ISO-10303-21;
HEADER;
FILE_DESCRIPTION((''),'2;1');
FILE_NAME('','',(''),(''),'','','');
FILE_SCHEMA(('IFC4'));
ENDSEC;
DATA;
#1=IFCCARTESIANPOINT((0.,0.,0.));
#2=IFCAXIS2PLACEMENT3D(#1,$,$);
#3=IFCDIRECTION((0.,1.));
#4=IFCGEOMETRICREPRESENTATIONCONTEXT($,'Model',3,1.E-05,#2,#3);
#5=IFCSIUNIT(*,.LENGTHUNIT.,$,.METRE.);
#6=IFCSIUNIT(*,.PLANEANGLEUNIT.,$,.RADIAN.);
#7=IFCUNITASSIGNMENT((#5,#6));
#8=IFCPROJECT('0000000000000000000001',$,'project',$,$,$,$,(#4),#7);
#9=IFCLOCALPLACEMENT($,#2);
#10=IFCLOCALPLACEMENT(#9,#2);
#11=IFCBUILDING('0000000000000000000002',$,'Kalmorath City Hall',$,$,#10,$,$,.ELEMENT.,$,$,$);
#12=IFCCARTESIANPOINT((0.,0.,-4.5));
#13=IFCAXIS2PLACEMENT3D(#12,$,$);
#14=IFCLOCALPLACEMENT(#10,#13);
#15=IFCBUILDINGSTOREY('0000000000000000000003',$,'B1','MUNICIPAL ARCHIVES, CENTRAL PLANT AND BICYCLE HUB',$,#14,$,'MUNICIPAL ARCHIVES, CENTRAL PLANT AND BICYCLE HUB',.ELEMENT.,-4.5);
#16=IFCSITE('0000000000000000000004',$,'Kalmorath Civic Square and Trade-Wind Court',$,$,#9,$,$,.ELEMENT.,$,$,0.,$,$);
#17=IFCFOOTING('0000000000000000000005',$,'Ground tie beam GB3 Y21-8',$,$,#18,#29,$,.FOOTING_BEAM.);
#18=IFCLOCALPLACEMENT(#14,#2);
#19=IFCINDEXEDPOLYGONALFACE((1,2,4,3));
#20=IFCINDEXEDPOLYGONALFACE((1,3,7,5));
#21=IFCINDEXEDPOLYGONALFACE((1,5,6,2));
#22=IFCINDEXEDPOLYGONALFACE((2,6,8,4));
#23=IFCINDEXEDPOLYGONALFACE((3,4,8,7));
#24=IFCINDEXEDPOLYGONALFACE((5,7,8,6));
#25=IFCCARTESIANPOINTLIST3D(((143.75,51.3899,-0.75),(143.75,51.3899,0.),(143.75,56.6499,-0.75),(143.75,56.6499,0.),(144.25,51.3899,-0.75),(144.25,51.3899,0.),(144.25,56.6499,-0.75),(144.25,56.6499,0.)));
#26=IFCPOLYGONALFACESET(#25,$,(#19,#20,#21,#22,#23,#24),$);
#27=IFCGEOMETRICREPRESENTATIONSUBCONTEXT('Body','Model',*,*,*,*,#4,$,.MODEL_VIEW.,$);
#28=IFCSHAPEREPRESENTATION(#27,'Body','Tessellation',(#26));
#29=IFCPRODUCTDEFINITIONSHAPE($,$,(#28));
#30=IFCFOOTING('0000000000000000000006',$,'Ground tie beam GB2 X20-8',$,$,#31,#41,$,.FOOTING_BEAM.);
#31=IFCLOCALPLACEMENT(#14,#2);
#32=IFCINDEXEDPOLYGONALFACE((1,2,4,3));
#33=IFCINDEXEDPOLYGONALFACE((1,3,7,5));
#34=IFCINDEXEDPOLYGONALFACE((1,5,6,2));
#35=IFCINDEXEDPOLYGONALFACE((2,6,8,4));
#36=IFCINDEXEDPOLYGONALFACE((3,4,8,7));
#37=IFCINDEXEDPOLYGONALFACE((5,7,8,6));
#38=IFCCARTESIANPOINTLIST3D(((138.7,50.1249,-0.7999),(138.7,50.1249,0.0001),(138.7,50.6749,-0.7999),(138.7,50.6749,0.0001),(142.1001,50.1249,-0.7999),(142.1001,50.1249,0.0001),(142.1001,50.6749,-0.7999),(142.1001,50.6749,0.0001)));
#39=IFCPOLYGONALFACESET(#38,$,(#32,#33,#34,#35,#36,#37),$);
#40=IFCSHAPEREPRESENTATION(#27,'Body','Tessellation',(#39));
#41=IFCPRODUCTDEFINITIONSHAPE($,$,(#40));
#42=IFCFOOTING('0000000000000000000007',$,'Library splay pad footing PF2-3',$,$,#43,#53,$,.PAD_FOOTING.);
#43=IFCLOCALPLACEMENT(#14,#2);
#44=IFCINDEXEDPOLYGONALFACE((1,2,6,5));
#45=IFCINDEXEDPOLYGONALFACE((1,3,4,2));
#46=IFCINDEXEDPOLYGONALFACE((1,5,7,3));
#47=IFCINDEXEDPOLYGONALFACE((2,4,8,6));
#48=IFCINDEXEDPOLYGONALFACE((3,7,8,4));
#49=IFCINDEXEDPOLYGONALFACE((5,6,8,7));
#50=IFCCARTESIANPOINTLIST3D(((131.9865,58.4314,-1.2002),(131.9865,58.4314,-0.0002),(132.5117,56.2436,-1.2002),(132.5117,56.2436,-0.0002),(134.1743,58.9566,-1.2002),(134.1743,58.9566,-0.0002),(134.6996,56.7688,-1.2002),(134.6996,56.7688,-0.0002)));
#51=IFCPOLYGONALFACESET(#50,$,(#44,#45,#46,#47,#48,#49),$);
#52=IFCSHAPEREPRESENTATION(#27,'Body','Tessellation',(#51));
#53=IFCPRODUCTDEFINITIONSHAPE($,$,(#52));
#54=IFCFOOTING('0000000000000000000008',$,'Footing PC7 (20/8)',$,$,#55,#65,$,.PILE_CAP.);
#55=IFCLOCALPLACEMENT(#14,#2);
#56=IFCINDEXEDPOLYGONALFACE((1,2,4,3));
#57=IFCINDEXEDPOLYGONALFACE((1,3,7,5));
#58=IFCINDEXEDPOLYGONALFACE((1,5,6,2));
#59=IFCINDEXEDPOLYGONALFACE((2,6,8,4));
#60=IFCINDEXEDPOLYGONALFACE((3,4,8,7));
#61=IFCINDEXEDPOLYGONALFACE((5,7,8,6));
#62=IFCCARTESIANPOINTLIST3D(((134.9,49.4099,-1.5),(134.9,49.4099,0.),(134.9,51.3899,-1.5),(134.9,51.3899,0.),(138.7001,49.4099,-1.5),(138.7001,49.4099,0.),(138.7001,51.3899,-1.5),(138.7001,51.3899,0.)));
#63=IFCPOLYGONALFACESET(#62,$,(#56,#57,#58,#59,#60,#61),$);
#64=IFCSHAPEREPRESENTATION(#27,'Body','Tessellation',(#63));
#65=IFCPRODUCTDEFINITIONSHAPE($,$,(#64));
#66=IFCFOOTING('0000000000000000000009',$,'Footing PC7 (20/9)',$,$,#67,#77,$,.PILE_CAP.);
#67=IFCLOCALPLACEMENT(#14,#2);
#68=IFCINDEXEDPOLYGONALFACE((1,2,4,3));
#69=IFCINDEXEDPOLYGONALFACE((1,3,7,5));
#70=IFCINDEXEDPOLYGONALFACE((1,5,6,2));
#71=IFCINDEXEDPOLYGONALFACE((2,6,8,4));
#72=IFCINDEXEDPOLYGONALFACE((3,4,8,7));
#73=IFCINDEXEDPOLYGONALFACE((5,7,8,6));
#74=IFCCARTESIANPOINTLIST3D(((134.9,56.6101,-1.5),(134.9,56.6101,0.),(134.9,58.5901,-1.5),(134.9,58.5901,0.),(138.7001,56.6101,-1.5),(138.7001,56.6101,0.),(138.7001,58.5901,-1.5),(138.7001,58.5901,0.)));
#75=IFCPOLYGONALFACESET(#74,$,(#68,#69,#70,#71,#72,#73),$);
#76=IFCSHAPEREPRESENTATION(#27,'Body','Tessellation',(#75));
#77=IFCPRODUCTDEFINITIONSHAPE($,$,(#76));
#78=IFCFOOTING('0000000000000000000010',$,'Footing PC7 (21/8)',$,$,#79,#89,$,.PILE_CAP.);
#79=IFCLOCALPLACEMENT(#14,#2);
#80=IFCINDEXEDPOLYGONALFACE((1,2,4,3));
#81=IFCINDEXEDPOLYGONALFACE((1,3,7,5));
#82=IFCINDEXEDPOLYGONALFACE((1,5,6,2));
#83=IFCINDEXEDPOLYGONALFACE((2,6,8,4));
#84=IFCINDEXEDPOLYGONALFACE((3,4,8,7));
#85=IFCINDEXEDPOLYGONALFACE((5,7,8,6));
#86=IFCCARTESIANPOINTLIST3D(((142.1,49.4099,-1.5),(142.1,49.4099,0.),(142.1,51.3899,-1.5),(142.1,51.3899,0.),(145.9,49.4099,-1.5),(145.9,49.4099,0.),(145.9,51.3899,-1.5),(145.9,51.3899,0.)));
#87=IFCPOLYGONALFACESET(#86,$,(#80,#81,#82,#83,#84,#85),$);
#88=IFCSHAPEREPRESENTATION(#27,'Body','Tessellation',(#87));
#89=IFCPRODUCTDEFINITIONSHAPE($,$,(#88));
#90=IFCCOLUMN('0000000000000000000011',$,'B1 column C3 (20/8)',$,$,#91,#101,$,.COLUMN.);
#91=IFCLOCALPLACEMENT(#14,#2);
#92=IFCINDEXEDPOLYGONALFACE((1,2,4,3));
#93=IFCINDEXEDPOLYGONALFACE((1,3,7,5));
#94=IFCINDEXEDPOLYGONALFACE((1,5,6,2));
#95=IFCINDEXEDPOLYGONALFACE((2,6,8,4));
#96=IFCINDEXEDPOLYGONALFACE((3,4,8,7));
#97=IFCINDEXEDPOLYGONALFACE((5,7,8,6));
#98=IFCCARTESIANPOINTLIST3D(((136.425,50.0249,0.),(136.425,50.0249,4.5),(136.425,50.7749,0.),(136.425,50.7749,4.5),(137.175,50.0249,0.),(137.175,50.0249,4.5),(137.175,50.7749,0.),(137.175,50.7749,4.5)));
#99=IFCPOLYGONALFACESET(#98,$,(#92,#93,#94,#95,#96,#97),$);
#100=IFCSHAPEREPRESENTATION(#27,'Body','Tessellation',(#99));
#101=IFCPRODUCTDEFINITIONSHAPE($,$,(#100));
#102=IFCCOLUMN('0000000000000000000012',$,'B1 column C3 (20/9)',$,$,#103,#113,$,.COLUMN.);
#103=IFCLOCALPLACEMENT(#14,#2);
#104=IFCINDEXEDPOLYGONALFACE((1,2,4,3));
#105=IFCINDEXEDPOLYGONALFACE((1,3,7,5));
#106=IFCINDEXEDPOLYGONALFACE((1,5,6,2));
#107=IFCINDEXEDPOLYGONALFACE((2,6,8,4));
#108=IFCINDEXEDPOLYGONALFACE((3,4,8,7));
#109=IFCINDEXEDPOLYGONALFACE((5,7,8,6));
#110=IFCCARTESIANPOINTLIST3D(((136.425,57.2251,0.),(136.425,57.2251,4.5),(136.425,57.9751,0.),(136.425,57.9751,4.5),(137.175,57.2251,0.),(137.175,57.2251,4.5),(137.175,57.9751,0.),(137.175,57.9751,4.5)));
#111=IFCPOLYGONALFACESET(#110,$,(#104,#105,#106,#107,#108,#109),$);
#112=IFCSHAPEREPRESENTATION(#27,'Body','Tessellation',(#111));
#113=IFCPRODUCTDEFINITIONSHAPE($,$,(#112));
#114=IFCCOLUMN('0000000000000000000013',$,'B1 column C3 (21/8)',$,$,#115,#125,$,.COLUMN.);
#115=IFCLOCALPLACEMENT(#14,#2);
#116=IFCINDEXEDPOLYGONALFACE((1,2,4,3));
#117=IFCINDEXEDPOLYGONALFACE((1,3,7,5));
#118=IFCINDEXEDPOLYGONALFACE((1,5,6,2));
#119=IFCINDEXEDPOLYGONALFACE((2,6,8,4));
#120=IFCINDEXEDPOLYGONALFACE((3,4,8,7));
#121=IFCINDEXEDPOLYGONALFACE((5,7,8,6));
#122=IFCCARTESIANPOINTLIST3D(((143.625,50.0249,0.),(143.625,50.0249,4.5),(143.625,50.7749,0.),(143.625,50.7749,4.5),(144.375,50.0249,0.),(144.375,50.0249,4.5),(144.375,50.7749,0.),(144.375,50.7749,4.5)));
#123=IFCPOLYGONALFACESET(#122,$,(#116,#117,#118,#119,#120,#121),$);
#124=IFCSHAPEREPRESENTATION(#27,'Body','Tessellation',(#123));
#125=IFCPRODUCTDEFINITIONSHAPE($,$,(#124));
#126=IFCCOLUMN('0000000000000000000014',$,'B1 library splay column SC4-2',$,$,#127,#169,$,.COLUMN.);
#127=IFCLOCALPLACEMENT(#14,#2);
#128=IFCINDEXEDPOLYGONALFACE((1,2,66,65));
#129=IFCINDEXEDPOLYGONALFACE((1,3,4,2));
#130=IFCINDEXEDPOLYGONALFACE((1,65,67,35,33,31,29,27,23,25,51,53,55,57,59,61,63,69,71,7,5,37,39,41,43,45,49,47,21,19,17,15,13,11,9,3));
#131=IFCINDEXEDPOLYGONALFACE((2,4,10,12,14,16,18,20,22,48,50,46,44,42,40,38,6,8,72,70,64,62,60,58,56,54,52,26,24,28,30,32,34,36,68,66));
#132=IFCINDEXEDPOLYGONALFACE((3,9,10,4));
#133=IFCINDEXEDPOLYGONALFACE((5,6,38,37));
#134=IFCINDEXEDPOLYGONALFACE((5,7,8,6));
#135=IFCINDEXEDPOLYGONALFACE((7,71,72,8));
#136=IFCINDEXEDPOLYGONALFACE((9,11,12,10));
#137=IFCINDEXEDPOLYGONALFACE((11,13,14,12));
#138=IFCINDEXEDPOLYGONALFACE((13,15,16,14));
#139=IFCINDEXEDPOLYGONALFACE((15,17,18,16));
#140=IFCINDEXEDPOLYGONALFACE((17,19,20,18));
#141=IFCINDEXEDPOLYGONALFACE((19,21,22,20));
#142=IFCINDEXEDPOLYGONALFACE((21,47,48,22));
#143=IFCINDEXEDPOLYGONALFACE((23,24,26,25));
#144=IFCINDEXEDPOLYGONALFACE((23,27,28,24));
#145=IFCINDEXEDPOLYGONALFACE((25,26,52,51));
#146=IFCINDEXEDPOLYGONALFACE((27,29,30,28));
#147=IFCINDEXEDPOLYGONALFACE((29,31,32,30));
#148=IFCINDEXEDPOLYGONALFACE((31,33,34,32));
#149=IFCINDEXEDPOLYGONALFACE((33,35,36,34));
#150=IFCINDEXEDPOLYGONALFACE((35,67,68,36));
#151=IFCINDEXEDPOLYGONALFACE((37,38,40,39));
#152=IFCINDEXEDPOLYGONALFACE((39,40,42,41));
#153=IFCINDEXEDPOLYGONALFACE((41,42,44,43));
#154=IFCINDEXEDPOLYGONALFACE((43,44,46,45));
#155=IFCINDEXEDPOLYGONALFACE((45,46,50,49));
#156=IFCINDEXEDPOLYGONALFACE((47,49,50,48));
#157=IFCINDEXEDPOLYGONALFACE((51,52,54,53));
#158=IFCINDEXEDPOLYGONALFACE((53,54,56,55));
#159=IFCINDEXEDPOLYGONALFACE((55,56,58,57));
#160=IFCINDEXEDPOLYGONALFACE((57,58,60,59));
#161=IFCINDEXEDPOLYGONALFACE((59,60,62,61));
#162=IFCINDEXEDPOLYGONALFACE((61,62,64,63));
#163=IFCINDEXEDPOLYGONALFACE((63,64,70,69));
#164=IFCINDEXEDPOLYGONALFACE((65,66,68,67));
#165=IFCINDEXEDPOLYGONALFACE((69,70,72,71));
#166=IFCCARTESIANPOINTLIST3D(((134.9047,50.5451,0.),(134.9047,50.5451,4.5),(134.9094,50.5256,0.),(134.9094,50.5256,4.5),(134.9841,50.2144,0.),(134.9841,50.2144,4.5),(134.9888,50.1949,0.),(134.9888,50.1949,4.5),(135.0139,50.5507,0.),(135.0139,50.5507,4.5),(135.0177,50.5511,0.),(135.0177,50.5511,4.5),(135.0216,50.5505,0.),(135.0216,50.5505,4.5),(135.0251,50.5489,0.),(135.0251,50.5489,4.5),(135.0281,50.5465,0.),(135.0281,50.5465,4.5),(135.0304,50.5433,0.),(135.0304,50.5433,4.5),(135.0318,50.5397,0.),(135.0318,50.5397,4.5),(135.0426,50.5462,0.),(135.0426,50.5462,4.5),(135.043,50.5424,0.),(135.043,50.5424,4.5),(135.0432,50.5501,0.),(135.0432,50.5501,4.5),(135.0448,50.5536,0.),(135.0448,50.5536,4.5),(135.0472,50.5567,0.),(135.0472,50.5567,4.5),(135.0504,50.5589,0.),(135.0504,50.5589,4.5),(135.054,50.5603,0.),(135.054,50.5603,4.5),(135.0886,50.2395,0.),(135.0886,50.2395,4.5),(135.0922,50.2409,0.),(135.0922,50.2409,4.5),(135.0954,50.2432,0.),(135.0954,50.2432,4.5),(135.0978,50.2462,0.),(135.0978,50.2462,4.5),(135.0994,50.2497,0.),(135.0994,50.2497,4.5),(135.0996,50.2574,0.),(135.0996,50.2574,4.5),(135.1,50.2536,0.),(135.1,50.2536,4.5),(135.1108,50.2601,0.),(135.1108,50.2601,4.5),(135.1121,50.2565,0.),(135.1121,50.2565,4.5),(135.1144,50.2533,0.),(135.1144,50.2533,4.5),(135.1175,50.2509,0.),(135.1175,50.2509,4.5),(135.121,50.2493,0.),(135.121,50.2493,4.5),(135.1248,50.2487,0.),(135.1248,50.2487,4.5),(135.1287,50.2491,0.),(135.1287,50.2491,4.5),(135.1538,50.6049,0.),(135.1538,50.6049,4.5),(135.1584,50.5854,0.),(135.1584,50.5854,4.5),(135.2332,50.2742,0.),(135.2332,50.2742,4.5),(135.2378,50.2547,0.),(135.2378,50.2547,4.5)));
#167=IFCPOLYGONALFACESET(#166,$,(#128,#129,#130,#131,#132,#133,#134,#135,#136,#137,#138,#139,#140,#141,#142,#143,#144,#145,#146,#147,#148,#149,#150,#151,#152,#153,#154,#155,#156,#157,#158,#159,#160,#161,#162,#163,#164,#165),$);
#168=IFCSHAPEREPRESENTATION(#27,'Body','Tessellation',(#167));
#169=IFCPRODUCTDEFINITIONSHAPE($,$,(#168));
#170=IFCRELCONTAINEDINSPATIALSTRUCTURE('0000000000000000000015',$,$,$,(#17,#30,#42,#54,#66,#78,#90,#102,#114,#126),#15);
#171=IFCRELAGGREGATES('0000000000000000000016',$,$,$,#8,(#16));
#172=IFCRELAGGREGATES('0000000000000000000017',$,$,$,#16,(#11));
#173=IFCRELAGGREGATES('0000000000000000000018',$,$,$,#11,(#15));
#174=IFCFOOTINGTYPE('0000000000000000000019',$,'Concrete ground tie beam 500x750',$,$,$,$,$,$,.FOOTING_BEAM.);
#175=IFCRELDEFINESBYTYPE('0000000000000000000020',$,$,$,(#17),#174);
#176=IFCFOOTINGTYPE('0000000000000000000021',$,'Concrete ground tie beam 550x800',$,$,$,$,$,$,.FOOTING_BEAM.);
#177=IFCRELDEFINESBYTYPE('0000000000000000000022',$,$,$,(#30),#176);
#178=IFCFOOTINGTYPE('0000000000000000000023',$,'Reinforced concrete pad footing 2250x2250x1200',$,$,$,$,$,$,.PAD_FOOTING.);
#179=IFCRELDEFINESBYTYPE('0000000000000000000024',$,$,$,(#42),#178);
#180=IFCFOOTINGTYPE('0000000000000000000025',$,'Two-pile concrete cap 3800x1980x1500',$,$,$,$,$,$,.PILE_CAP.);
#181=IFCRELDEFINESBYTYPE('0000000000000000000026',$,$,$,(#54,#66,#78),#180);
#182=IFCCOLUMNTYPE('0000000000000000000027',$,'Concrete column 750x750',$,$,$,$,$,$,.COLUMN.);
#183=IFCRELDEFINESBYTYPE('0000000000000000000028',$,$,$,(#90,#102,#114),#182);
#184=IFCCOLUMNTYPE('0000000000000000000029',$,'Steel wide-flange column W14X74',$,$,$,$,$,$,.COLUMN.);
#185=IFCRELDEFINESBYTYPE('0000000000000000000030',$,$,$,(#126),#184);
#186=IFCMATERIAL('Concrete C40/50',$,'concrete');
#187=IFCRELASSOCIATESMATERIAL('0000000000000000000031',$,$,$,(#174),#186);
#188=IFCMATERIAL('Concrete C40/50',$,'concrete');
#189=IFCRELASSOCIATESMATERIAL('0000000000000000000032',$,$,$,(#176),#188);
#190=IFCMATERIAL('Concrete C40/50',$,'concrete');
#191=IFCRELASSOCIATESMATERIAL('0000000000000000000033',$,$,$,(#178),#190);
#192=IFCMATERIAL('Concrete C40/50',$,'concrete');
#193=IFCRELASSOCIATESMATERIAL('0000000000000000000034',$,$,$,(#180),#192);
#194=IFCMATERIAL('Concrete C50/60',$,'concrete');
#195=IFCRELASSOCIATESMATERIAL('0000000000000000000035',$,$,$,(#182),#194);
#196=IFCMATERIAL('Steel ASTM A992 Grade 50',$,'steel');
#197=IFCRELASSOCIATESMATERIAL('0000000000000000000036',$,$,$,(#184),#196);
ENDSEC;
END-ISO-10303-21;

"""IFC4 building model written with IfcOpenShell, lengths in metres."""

from ifc_helpers import new_model, si_unit, direction, frame, origin, origin_2d, place, context, subcontext, project, spatial, rectangle, i_section, extrude, material, material_profile, profile_set, type_object, element, save


model = new_model("IFC4")

# Units and contexts
model_context = context("Model", 3, precision=1e-05, world=origin(), true_north=direction((0.0, 1.0)))
body_context = subcontext(model_context, "Body", "Model", "MODEL_VIEW")
ifc_project = project(units=[si_unit("LENGTHUNIT", "METRE"), si_unit("PLANEANGLEUNIT", "RADIAN")], contexts=[model_context])

# Site, building, storey
site_placement = place(None, origin())
site = spatial("IfcSite", under=ifc_project, at=site_placement, Name="Kalmorath Civic Square and Trade-Wind Court", CompositionType="ELEMENT", RefElevation=0.0)
building_placement = place(site_placement, origin())
building = spatial("IfcBuilding", under=site, at=building_placement, Name="Kalmorath City Hall", CompositionType="ELEMENT")
storey_placement = place(building_placement, frame((0.0, 0.0, -4.5)))
storey = spatial("IfcBuildingStorey", under=building, at=storey_placement, Name="B1", Description="MUNICIPAL ARCHIVES, CENTRAL PLANT AND BICYCLE HUB", LongName="MUNICIPAL ARCHIVES, CENTRAL PLANT AND BICYCLE HUB", CompositionType="ELEMENT", Elevation=-4.5)

# Footings
ifc_material_1 = material(Name="Concrete C40/50", Category="concrete")
ifc_material_profile_1 = material_profile(ifc_material_1, rectangle(XDim=0.5, YDim=0.75, at=origin_2d()), Name="RC-BM-500X750")
ifc_profile_set_1 = profile_set([ifc_material_profile_1], Name="Concrete C40/50")
footing_type_1 = type_object("IfcFootingType", Name="Concrete ground tie beam 500x750", PredefinedType="FOOTING_BEAM", material=ifc_profile_set_1)
footing_1_placement = place(storey_placement, frame((144.0, 51.3899, -0.375), z_axis=(0.0, 1.0, 0.0), x_axis=(-1.0, 0.0, 0.0)))
element("IfcFooting", 1, at=footing_1_placement, inside=storey, type_object=footing_type_1, Name="Ground tie beam GB3 Y21-8", PredefinedType="FOOTING_BEAM", context=body_context, shape_type="SweptSolid", body=[
    extrude(rectangle(XDim=0.5, YDim=0.75, at=origin_2d()), origin(), (0.0, 0.0, 1.0), 5.26),
])
ifc_material_2 = material(Name="Concrete C40/50", Category="concrete")
ifc_material_profile_2 = material_profile(ifc_material_2, rectangle(XDim=0.55, YDim=0.8, at=origin_2d()), Name="RC-BM-550X800")
ifc_profile_set_2 = profile_set([ifc_material_profile_2], Name="Concrete C40/50")
footing_type_2 = type_object("IfcFootingType", Name="Concrete ground tie beam 550x800", PredefinedType="FOOTING_BEAM", material=ifc_profile_set_2)
footing_2_placement = place(storey_placement, frame((138.7, 50.3999, -0.3999), z_axis=(1.0, 0.0, 0.0), x_axis=(0.0, 1.0, 0.0)))
element("IfcFooting", 2, at=footing_2_placement, inside=storey, type_object=footing_type_2, Name="Ground tie beam GB2 X20-8", PredefinedType="FOOTING_BEAM", context=body_context, shape_type="SweptSolid", body=[
    extrude(rectangle(XDim=0.55, YDim=0.8, at=origin_2d()), origin(), (0.0, 0.0, 1.0), 3.4001),
])
ifc_material_3 = material(Name="Concrete C40/50", Category="concrete")
footing_type_3 = type_object("IfcFootingType", Name="Reinforced concrete pad footing 2250x2250x1200", PredefinedType="PAD_FOOTING", material=ifc_material_3)
footing_3_placement = place(storey_placement, frame((133.343, 57.6001, -1.2002), z_axis=(0.0, 0.0, 1.0), x_axis=(0.97237, 0.233445, 0.0)))
element("IfcFooting", 3, at=footing_3_placement, inside=storey, type_object=footing_type_3, Name="Library splay pad footing PF2-3", PredefinedType="PAD_FOOTING", context=body_context, shape_type="SweptSolid", body=[
    extrude(rectangle(XDim=2.25, YDim=2.25, at=origin_2d()), origin(), (0.0, 0.0, 1.0), 1.2),
])
ifc_material_4 = material(Name="Concrete C40/50", Category="concrete")
footing_type_4 = type_object("IfcFootingType", Name="Two-pile concrete cap 3800x1980x1500", PredefinedType="PILE_CAP", material=ifc_material_4)
for number, where, z_axis, x_axis, name in (
    (4, (136.8, 50.3999, -1.5), (0.0, 0.0, 1.0), (1.0, 0.0, 0.0), "Footing PC7 (20/8)"),
    (5, (136.8, 57.6001, -1.5), (0.0, 0.0, 1.0), (1.0, 0.0, 0.0), "Footing PC7 (20/9)"),
    (6, (144.0, 50.3999, -1.5), (0.0, 0.0, 1.0), (1.0, 0.0, 0.0), "Footing PC7 (21/8)"),
):
    element("IfcFooting", number, at=place(storey_placement, frame(where, z_axis=z_axis, x_axis=x_axis)), inside=storey, type_object=footing_type_4, Name=name, PredefinedType="PILE_CAP", context=body_context, shape_type="SweptSolid", body=[
        extrude(rectangle(XDim=3.8, YDim=1.98, at=origin_2d()), origin(), (0.0, 0.0, 1.0), 1.5),
    ])

# Columns
ifc_material_5 = material(Name="Concrete C50/60", Category="concrete")
ifc_material_profile_3 = material_profile(ifc_material_5, rectangle(XDim=0.75, YDim=0.75, at=origin_2d()), Name="RC-COL-750X750")
ifc_profile_set_3 = profile_set([ifc_material_profile_3], Name="Concrete C50/60")
column_type_1 = type_object("IfcColumnType", Name="Concrete column 750x750", PredefinedType="COLUMN", material=ifc_profile_set_3)
for number, where, z_axis, x_axis, name in (
    (7, (136.8, 50.3999, 0.0), (0.0, 0.0, 1.0), (1.0, 0.0, 0.0), "B1 column C3 (20/8)"),
    (8, (136.8, 57.6001, 0.0), (0.0, 0.0, 1.0), (1.0, 0.0, 0.0), "B1 column C3 (20/9)"),
    (9, (144.0, 50.3999, 0.0), (0.0, 0.0, 1.0), (1.0, 0.0, 0.0), "B1 column C3 (21/8)"),
):
    element("IfcColumn", number, at=place(storey_placement, frame(where, z_axis=z_axis, x_axis=x_axis)), inside=storey, type_object=column_type_1, Name=name, PredefinedType="COLUMN", context=body_context, shape_type="SweptSolid", body=[
        extrude(rectangle(XDim=0.75, YDim=0.75, at=origin_2d()), origin(), (0.0, 0.0, 1.0), 4.5),
    ])
ifc_material_6 = material(Name="Steel ASTM A992 Grade 50", Category="steel")
ifc_material_profile_4 = material_profile(ifc_material_6, i_section(OverallWidth=0.2561, OverallDepth=0.3601, WebThickness=0.0115, FlangeThickness=0.02, FilletRadius=0.0149, at=origin_2d()), Name="W14X74")
ifc_profile_set_4 = profile_set([ifc_material_profile_4], Name="Steel ASTM A992 Grade 50")
column_type_2 = type_object("IfcColumnType", Name="Steel wide-flange column W14X74", PredefinedType="COLUMN", material=ifc_profile_set_4)
for number, where, z_axis, x_axis, name in (
    (10, (135.0713, 50.3999, 0.0), (0.0, 0.0, 1.0), (0.97237, 0.233445, 0.0), "B1 library splay column SC4-2"),
):
    element("IfcColumn", number, at=place(storey_placement, frame(where, z_axis=z_axis, x_axis=x_axis)), inside=storey, type_object=column_type_2, Name=name, PredefinedType="COLUMN", context=body_context, shape_type="SweptSolid", body=[
        extrude(i_section(OverallWidth=0.2561, OverallDepth=0.3601, WebThickness=0.0115, FlangeThickness=0.02, FilletRadius=0.0149, at=origin_2d()), origin(), (0.0, 0.0, 1.0), 4.5),
    ])

save(model, "model.ifc")
